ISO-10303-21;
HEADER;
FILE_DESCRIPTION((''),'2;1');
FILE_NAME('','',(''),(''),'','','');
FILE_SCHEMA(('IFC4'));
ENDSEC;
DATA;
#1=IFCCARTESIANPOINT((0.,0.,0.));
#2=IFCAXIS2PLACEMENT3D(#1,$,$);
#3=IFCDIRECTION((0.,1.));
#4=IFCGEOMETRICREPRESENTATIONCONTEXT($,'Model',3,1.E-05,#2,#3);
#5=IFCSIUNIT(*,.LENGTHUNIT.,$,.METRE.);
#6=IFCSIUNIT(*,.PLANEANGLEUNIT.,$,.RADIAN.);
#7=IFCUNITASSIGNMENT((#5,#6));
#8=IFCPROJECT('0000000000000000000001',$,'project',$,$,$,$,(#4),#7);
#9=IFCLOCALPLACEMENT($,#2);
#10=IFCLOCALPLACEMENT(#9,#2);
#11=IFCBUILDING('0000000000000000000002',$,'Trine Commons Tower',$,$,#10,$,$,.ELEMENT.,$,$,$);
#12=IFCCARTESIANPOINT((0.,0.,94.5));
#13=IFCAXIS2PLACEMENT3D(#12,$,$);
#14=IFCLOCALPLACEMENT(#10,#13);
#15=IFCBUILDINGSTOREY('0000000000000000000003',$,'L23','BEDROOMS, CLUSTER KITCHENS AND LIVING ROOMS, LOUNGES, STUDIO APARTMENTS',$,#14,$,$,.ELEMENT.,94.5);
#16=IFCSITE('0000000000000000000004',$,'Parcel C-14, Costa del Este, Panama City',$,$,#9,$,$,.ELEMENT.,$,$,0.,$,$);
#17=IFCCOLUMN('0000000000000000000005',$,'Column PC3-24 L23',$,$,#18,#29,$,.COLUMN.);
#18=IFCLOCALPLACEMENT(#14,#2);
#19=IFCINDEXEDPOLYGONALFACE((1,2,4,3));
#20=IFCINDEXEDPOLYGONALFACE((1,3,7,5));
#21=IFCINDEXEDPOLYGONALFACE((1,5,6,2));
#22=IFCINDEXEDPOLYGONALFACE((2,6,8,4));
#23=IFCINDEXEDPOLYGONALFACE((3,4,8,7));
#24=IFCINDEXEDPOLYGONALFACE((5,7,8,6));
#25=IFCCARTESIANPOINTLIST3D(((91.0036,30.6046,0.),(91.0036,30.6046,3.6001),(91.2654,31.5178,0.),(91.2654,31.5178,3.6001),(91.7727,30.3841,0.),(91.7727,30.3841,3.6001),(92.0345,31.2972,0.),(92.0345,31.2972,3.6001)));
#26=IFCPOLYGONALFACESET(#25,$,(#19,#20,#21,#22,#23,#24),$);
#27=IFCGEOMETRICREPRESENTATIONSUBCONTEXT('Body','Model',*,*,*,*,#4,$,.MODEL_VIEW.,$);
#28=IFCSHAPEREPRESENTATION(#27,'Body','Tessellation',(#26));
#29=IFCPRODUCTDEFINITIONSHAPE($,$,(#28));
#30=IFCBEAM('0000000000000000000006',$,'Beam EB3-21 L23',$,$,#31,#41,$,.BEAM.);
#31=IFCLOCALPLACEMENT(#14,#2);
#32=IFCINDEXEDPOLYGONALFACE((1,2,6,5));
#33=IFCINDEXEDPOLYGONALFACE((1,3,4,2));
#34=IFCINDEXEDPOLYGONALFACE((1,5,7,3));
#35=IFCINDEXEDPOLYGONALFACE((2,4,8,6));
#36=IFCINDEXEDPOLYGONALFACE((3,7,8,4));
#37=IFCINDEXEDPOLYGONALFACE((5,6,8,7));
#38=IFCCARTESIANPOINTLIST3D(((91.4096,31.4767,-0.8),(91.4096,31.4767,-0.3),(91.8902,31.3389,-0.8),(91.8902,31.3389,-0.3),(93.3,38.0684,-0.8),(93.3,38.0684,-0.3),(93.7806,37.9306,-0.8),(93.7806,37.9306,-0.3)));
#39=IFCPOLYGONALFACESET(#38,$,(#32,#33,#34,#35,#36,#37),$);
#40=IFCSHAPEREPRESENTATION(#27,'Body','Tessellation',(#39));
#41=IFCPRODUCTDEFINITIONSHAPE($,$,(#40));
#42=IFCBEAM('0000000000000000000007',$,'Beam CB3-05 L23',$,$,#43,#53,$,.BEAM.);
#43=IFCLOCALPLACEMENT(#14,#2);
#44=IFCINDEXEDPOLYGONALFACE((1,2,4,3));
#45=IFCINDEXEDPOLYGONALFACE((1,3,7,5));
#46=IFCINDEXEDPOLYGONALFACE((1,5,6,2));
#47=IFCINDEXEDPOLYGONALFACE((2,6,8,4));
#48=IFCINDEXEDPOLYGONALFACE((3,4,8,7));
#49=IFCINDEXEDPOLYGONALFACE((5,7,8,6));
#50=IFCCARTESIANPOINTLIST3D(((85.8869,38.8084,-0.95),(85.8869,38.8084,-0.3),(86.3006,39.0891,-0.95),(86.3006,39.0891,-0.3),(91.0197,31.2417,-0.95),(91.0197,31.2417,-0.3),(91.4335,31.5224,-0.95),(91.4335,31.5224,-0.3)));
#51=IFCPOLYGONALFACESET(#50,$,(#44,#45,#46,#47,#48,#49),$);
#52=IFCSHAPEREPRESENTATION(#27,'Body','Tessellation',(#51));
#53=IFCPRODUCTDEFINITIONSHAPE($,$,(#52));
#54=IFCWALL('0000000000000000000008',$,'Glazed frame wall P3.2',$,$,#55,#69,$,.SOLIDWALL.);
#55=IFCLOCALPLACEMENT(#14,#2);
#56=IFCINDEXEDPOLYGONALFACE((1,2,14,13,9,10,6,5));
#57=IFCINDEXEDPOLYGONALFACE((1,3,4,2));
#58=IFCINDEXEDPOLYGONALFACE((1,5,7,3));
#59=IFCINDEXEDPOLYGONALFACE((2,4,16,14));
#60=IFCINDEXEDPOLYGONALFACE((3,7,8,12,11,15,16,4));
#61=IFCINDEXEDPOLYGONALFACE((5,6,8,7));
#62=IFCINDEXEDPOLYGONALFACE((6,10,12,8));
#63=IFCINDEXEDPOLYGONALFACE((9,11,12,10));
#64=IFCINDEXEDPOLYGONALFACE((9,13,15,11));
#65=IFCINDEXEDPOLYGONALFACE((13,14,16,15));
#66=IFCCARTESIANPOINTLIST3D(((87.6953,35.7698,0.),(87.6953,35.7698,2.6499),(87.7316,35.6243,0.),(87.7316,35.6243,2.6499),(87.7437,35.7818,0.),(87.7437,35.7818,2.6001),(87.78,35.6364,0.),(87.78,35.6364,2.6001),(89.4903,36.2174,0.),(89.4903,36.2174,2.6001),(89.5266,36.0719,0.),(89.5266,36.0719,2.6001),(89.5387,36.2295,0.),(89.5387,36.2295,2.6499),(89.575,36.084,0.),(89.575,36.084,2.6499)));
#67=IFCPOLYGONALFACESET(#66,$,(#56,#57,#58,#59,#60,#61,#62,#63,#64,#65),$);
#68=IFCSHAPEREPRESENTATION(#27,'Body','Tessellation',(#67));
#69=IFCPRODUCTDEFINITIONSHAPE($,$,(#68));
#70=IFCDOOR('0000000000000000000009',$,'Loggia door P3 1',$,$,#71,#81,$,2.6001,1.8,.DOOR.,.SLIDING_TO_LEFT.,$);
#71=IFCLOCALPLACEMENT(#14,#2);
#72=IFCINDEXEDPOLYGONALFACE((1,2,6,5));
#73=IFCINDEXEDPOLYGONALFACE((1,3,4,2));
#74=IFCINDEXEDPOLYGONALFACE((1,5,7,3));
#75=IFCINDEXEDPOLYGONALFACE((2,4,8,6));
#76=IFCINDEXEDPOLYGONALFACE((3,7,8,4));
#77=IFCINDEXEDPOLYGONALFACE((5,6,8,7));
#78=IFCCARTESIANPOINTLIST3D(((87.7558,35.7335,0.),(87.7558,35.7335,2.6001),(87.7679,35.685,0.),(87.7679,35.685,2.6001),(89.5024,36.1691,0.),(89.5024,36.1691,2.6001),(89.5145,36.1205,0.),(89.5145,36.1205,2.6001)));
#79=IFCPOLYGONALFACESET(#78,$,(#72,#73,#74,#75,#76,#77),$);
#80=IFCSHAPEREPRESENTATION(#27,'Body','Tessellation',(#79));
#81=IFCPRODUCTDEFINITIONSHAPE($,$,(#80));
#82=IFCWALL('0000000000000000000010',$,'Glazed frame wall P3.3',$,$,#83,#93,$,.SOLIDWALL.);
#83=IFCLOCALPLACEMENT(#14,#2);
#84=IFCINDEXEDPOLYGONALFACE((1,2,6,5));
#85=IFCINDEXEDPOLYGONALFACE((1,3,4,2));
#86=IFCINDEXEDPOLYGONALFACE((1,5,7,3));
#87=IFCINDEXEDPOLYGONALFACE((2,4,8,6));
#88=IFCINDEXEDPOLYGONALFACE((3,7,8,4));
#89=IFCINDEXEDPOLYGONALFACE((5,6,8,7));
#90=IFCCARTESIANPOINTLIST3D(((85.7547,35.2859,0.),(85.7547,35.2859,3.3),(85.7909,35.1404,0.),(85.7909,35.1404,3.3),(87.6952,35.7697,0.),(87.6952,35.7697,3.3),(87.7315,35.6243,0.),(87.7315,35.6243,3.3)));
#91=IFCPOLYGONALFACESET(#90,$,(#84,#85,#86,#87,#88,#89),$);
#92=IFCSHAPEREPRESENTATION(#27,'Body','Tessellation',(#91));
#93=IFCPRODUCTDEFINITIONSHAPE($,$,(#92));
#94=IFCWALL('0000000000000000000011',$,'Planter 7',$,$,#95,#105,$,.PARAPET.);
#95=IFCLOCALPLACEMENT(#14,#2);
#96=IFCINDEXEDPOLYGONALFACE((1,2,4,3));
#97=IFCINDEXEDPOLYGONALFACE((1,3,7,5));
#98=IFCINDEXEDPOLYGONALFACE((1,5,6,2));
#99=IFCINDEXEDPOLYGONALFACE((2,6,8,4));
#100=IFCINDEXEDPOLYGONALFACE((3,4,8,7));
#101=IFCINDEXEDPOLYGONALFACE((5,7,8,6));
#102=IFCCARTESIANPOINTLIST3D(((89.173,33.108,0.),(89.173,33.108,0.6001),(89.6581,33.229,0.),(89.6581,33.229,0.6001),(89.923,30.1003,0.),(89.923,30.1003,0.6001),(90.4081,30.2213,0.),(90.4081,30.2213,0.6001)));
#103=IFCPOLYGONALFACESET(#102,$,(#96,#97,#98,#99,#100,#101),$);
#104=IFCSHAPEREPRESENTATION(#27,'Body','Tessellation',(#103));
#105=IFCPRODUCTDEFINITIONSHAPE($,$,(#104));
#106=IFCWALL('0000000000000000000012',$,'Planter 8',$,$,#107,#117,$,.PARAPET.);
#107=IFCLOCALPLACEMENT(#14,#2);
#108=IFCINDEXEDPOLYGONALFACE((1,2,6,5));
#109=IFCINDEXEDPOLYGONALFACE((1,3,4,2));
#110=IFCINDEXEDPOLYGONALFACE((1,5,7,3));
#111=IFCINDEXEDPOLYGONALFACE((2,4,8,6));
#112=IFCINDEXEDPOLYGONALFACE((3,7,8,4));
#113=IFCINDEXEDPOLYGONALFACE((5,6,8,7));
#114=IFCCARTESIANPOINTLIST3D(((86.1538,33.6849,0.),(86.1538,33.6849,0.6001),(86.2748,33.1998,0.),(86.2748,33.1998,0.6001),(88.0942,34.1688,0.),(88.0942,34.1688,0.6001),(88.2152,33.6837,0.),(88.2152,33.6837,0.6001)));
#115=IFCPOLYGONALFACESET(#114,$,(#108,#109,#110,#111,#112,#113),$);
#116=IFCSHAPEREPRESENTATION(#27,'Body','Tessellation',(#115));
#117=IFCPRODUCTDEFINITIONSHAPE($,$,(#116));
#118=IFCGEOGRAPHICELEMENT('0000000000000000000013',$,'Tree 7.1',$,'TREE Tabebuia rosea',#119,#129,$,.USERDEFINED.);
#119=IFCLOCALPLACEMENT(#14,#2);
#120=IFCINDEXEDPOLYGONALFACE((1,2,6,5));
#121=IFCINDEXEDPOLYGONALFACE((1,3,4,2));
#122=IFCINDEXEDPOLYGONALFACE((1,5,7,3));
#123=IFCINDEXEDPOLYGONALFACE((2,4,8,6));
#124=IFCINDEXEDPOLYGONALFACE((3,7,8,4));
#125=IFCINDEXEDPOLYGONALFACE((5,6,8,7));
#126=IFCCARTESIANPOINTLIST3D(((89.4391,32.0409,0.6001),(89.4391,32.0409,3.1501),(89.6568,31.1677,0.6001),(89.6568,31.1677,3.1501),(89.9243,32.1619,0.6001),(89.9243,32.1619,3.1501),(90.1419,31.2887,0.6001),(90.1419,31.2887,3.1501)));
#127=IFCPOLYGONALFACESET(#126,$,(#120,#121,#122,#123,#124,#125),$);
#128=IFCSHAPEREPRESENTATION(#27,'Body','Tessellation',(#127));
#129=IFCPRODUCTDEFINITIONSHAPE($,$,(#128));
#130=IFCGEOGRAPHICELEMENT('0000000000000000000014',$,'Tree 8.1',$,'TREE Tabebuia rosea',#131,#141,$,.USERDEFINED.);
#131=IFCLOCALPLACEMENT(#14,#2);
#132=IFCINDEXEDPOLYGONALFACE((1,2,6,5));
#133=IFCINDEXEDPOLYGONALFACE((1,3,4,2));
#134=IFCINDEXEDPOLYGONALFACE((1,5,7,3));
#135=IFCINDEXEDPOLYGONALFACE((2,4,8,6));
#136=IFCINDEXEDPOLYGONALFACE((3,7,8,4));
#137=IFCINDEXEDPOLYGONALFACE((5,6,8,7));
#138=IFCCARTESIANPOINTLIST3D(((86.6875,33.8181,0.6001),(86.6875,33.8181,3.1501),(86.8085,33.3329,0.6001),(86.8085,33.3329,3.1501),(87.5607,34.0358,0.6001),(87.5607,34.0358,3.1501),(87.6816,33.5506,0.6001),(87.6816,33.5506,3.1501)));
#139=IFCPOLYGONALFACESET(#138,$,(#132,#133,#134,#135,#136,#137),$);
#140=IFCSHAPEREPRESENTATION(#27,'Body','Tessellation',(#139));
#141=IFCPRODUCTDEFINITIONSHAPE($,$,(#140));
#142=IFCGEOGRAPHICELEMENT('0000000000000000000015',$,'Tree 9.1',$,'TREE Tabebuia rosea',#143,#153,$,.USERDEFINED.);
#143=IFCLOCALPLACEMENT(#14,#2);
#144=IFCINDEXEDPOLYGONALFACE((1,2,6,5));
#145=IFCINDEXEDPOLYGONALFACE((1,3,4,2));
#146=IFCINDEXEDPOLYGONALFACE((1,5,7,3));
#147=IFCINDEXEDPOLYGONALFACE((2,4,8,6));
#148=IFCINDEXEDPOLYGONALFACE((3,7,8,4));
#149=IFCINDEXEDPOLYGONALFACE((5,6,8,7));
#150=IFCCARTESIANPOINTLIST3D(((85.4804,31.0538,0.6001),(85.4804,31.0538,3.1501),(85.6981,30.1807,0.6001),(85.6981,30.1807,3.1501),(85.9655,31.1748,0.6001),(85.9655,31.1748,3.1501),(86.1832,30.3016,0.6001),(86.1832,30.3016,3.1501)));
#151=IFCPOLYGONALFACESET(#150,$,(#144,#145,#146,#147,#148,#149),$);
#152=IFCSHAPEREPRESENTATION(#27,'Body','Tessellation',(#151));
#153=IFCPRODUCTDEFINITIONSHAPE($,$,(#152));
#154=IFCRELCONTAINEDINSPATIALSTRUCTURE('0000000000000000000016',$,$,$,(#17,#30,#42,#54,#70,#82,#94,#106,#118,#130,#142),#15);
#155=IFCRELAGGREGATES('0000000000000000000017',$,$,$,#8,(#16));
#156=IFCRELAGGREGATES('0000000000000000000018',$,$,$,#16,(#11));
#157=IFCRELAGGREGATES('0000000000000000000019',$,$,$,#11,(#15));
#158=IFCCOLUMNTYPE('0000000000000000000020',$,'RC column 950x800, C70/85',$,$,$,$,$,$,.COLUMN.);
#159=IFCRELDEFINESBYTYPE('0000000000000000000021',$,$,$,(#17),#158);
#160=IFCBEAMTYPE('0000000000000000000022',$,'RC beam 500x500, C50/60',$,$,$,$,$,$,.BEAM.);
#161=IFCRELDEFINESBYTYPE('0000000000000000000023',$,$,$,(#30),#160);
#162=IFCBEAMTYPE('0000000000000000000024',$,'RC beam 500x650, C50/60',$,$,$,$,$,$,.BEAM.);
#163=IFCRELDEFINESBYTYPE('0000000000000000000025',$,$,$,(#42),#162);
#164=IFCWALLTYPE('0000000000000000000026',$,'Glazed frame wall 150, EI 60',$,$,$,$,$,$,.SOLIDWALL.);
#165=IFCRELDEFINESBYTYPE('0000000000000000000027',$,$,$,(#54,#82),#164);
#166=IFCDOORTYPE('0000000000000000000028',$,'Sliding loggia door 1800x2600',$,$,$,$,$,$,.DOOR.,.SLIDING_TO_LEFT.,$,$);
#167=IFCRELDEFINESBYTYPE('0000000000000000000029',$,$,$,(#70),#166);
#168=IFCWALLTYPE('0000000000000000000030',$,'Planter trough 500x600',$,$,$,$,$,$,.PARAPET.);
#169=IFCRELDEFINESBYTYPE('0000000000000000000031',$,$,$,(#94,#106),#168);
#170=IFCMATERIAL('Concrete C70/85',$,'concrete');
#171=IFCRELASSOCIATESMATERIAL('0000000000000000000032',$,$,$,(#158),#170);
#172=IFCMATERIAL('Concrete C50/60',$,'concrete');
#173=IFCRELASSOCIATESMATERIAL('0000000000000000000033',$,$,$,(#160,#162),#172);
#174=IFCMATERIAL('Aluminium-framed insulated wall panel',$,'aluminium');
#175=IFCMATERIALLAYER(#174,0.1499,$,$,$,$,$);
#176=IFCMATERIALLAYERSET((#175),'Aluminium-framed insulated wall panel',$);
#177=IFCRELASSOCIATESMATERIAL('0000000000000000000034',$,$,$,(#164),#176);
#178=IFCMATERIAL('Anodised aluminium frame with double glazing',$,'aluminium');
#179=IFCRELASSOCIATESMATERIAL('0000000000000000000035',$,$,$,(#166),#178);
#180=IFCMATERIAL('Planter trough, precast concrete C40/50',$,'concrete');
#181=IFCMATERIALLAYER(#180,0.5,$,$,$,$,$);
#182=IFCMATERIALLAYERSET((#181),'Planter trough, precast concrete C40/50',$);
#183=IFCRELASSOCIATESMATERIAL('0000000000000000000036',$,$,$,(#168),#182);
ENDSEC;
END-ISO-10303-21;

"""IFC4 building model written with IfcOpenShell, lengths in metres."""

from ifc_helpers import new_model, si_unit, direction, frame, frame_2d, origin, origin_2d, place, context, subcontext, project, spatial, polyline, rectangle, outline, extrude, material, layer, layer_set, material_profile, profile_set, type_object, element, fill, save


model = new_model("IFC4")

# Units and contexts
model_context = context("Model", 3, precision=1e-05, world=origin(), true_north=direction((0.0, 1.0)))
body_context = subcontext(model_context, "Body", "Model", "MODEL_VIEW")
ifc_project = project(units=[si_unit("LENGTHUNIT", "METRE"), si_unit("PLANEANGLEUNIT", "RADIAN")], contexts=[model_context])

# Site, building, storey
site_placement = place(None, origin())
site = spatial("IfcSite", under=ifc_project, at=site_placement, Name="Parcel C-14, Costa del Este, Panama City", CompositionType="ELEMENT", RefElevation=0.0)
building_placement = place(site_placement, origin())
building = spatial("IfcBuilding", under=site, at=building_placement, Name="Trine Commons Tower", CompositionType="ELEMENT")
storey_placement = place(building_placement, frame((0.0, 0.0, 94.5)))
storey = spatial("IfcBuildingStorey", under=building, at=storey_placement, Name="L23", Description="BEDROOMS, CLUSTER KITCHENS AND LIVING ROOMS, LOUNGES, STUDIO APARTMENTS", CompositionType="ELEMENT", Elevation=94.5)

# Column
ifc_material_1 = material(Name="Concrete C70/85", Category="concrete")
ifc_material_profile_1 = material_profile(ifc_material_1, rectangle(XDim=0.95, YDim=0.8, at=origin_2d()), Name="RC 950x800")
ifc_profile_set_1 = profile_set([ifc_material_profile_1], Name="Concrete C70/85")
column_type = type_object("IfcColumnType", Name="RC column 950x800, C70/85", PredefinedType="COLUMN", material=ifc_profile_set_1)
column_placement = place(storey_placement, frame((91.519, 30.9509, 0.0), z_axis=(0.0, 0.0, 1.0), x_axis=(0.275637, 0.961262, 0.0)))
element("IfcColumn", 1, at=column_placement, inside=storey, type_object=column_type, Name="Column PC3-24 L23", PredefinedType="COLUMN", context=body_context, shape_type="SweptSolid", body=[
    extrude(rectangle(XDim=0.95, YDim=0.8, at=origin_2d()), origin(), (0.0, 0.0, 1.0), 3.6001),
])

# Beams
ifc_material_2 = material(Name="Concrete C50/60", Category="concrete")
ifc_material_profile_2 = material_profile(ifc_material_2, rectangle(XDim=0.5, YDim=0.5, at=origin_2d()), Name="RC 500x500")
ifc_profile_set_2 = profile_set([ifc_material_profile_2], Name="Concrete C50/60")
beam_type_1 = type_object("IfcBeamType", Name="RC beam 500x500, C50/60", PredefinedType="BEAM", material=ifc_profile_set_2)
beam_1_placement = place(storey_placement, frame((93.5403, 37.9995, -0.55), z_axis=(-0.275666, -0.961253, 0.0), x_axis=(0.961253, -0.275666, 0.0)))
element("IfcBeam", 2, at=beam_1_placement, inside=storey, type_object=beam_type_1, Name="Beam EB3-21 L23", PredefinedType="BEAM", context=body_context, shape_type="SweptSolid", body=[
    extrude(rectangle(XDim=0.5, YDim=0.5, at=origin_2d()), origin(), (0.0, 0.0, 1.0), 6.8574),
])
ifc_material_profile_3 = material_profile(ifc_material_2, rectangle(XDim=0.5, YDim=0.6499, at=origin_2d()), Name="RC 500x650")
ifc_profile_set_3 = profile_set([ifc_material_profile_3], Name="Concrete C50/60")
beam_type_2 = type_object("IfcBeamType", Name="RC beam 500x650, C50/60", PredefinedType="BEAM", material=ifc_profile_set_3)
beam_2_placement = place(storey_placement, frame((91.2266, 31.3821, -0.625), z_axis=(-0.561374, 0.827562, 0.0), x_axis=(-0.827562, -0.561374, 0.0)))
element("IfcBeam", 3, at=beam_2_placement, inside=storey, type_object=beam_type_2, Name="Beam CB3-05 L23", PredefinedType="BEAM", context=body_context, shape_type="SweptSolid", body=[
    extrude(rectangle(XDim=0.5, YDim=0.6499, at=origin_2d()), origin(), (0.0, 0.0, 1.0), 9.1433),
])

# Shared definitions
ifc_material_3 = material(Name="Aluminium-framed insulated wall panel", Category="aluminium")
ifc_layer_1 = layer(ifc_material_3, 0.1499)
ifc_layer_set_1 = layer_set([ifc_layer_1], Name="Aluminium-framed insulated wall panel")
wall_type_1 = type_object("IfcWallType", Name="Glazed frame wall 150, EI 60", PredefinedType="SOLIDWALL", material=ifc_layer_set_1)

# Wall, opening, door
wall_1_placement = place(storey_placement, frame((89.5569, 36.1567, 0.0), z_axis=(0.0, 0.0, 1.0), x_axis=(-0.970286, -0.241961, 0.0)))
wall_1 = element("IfcWall", 4, at=wall_1_placement, inside=storey, type_object=wall_type_1, Name="Glazed frame wall P3.2", PredefinedType="SOLIDWALL", context=body_context, shape_type="SweptSolid", body=[
    extrude(outline(polyline([(0.0, -0.075), (1.8999, -0.075), (1.8999, 0.075), (0.0, 0.075), (0.0, -0.075)])), origin(), (0.0, 0.0, 1.0), 2.6499),
])
opening_placement = place(wall_1_placement, frame((0.05, 0.0, 0.0)))
opening = element("IfcOpeningElement", 5, at=opening_placement, cuts=wall_1, PredefinedType="OPENING", context=body_context, shape_type="SweptSolid", body=[
    extrude(rectangle(XDim=1.8, YDim=2.6001, at=frame_2d((0.8999, 1.3))), frame((0.0, 0.085, 0.0), z_axis=(0.0, -1.0, 0.0), x_axis=(1.0, 0.0, 0.0)), (0.0, 0.0, 1.0), 0.1699),
])
ifc_material_4 = material(Name="Anodised aluminium frame with double glazing", Category="aluminium")
door_type = type_object("IfcDoorType", Name="Sliding loggia door 1800x2600", OperationType="SLIDING_TO_LEFT", PredefinedType="DOOR", material=ifc_material_4)
door_placement = place(opening_placement, origin())
door = element("IfcDoor", 6, at=door_placement, inside=storey, type_object=door_type, Name="Loggia door P3 1", OperationType="SLIDING_TO_LEFT", OverallHeight=2.6001, OverallWidth=1.8, PredefinedType="DOOR", context=body_context, shape_type="SweptSolid", body=[
    extrude(rectangle(XDim=1.8, YDim=2.6001, at=frame_2d((0.8999, 1.3))), frame((0.0, 0.0249, 0.0), z_axis=(0.0, -1.0, 0.0), x_axis=(1.0, 0.0, 0.0)), (0.0, 0.0, 1.0), 0.05),
])
fill(opening, door)

# Walls
wall_2_placement = place(storey_placement, frame((87.7134, 35.697, 0.0), z_axis=(0.0, 0.0, 1.0), x_axis=(-0.970293, -0.241932, 0.0)))
element("IfcWall", 7, at=wall_2_placement, inside=storey, type_object=wall_type_1, Name="Glazed frame wall P3.3", PredefinedType="SOLIDWALL", context=body_context, shape_type="SweptSolid", body=[
    extrude(outline(polyline([(0.0, -0.075), (2.0, -0.075), (2.0, 0.075), (0.0, 0.075), (0.0, -0.075)])), origin(), (0.0, 0.0, 1.0), 3.3),
])
ifc_material_5 = material(Name="Planter trough, precast concrete C40/50", Category="concrete")
ifc_layer_2 = layer(ifc_material_5, 0.5)
ifc_layer_set_2 = layer_set([ifc_layer_2], Name="Planter trough, precast concrete C40/50")
wall_type_2 = type_object("IfcWallType", Name="Planter trough 500x600", PredefinedType="PARAPET", material=ifc_layer_set_2)
wall_3_placement = place(storey_placement, frame((90.1655, 30.1609, 0.0), z_axis=(0.0, 0.0, 1.0), x_axis=(-0.241943, 0.970291, 0.0)))
element("IfcWall", 8, at=wall_3_placement, inside=storey, type_object=wall_type_2, Name="Planter 7", PredefinedType="PARAPET", context=body_context, shape_type="SweptSolid", body=[
    extrude(rectangle(XDim=3.0999, YDim=0.5, at=frame_2d((1.5498, 0.0))), origin(), (0.0, 0.0, 1.0), 0.6001),
])
wall_4_placement = place(storey_placement, frame((88.1548, 33.9263, 0.0), z_axis=(0.0, 0.0, 1.0), x_axis=(-0.970286, -0.241961, 0.0)))
element("IfcWall", 9, at=wall_4_placement, inside=storey, type_object=wall_type_2, Name="Planter 8", PredefinedType="PARAPET", context=body_context, shape_type="SweptSolid", body=[
    extrude(rectangle(XDim=1.9998, YDim=0.5, at=frame_2d((1.0, 0.0))), origin(), (0.0, 0.0, 1.0), 0.6001),
])

# Geographic elements
for number, where, z_axis, x_axis, name in (
    (10, (89.7905, 31.6648, 0.6001), (0.0, 0.0, 1.0), (-0.241908, 0.970299, 0.0), "Tree 7.1"),
    (11, (87.1846, 33.6843, 0.6001), (0.0, 0.0, 1.0), (-0.970297, -0.241915, 0.0), "Tree 8.1"),
    (12, (85.8318, 30.6777, 0.6001), (0.0, 0.0, 1.0), (0.241908, -0.970299, 0.0), "Tree 9.1"),
):
    element("IfcGeographicElement", number, at=place(storey_placement, frame(where, z_axis=z_axis, x_axis=x_axis)), inside=storey, Name=name, ObjectType="TREE Tabebuia rosea", PredefinedType="USERDEFINED", context=body_context, shape_type="SweptSolid", body=[
        extrude(rectangle(XDim=0.8999, YDim=0.5, at=origin_2d()), origin(), (0.0, 0.0, 1.0), 2.55),
    ])

save(model, "model.ifc")
